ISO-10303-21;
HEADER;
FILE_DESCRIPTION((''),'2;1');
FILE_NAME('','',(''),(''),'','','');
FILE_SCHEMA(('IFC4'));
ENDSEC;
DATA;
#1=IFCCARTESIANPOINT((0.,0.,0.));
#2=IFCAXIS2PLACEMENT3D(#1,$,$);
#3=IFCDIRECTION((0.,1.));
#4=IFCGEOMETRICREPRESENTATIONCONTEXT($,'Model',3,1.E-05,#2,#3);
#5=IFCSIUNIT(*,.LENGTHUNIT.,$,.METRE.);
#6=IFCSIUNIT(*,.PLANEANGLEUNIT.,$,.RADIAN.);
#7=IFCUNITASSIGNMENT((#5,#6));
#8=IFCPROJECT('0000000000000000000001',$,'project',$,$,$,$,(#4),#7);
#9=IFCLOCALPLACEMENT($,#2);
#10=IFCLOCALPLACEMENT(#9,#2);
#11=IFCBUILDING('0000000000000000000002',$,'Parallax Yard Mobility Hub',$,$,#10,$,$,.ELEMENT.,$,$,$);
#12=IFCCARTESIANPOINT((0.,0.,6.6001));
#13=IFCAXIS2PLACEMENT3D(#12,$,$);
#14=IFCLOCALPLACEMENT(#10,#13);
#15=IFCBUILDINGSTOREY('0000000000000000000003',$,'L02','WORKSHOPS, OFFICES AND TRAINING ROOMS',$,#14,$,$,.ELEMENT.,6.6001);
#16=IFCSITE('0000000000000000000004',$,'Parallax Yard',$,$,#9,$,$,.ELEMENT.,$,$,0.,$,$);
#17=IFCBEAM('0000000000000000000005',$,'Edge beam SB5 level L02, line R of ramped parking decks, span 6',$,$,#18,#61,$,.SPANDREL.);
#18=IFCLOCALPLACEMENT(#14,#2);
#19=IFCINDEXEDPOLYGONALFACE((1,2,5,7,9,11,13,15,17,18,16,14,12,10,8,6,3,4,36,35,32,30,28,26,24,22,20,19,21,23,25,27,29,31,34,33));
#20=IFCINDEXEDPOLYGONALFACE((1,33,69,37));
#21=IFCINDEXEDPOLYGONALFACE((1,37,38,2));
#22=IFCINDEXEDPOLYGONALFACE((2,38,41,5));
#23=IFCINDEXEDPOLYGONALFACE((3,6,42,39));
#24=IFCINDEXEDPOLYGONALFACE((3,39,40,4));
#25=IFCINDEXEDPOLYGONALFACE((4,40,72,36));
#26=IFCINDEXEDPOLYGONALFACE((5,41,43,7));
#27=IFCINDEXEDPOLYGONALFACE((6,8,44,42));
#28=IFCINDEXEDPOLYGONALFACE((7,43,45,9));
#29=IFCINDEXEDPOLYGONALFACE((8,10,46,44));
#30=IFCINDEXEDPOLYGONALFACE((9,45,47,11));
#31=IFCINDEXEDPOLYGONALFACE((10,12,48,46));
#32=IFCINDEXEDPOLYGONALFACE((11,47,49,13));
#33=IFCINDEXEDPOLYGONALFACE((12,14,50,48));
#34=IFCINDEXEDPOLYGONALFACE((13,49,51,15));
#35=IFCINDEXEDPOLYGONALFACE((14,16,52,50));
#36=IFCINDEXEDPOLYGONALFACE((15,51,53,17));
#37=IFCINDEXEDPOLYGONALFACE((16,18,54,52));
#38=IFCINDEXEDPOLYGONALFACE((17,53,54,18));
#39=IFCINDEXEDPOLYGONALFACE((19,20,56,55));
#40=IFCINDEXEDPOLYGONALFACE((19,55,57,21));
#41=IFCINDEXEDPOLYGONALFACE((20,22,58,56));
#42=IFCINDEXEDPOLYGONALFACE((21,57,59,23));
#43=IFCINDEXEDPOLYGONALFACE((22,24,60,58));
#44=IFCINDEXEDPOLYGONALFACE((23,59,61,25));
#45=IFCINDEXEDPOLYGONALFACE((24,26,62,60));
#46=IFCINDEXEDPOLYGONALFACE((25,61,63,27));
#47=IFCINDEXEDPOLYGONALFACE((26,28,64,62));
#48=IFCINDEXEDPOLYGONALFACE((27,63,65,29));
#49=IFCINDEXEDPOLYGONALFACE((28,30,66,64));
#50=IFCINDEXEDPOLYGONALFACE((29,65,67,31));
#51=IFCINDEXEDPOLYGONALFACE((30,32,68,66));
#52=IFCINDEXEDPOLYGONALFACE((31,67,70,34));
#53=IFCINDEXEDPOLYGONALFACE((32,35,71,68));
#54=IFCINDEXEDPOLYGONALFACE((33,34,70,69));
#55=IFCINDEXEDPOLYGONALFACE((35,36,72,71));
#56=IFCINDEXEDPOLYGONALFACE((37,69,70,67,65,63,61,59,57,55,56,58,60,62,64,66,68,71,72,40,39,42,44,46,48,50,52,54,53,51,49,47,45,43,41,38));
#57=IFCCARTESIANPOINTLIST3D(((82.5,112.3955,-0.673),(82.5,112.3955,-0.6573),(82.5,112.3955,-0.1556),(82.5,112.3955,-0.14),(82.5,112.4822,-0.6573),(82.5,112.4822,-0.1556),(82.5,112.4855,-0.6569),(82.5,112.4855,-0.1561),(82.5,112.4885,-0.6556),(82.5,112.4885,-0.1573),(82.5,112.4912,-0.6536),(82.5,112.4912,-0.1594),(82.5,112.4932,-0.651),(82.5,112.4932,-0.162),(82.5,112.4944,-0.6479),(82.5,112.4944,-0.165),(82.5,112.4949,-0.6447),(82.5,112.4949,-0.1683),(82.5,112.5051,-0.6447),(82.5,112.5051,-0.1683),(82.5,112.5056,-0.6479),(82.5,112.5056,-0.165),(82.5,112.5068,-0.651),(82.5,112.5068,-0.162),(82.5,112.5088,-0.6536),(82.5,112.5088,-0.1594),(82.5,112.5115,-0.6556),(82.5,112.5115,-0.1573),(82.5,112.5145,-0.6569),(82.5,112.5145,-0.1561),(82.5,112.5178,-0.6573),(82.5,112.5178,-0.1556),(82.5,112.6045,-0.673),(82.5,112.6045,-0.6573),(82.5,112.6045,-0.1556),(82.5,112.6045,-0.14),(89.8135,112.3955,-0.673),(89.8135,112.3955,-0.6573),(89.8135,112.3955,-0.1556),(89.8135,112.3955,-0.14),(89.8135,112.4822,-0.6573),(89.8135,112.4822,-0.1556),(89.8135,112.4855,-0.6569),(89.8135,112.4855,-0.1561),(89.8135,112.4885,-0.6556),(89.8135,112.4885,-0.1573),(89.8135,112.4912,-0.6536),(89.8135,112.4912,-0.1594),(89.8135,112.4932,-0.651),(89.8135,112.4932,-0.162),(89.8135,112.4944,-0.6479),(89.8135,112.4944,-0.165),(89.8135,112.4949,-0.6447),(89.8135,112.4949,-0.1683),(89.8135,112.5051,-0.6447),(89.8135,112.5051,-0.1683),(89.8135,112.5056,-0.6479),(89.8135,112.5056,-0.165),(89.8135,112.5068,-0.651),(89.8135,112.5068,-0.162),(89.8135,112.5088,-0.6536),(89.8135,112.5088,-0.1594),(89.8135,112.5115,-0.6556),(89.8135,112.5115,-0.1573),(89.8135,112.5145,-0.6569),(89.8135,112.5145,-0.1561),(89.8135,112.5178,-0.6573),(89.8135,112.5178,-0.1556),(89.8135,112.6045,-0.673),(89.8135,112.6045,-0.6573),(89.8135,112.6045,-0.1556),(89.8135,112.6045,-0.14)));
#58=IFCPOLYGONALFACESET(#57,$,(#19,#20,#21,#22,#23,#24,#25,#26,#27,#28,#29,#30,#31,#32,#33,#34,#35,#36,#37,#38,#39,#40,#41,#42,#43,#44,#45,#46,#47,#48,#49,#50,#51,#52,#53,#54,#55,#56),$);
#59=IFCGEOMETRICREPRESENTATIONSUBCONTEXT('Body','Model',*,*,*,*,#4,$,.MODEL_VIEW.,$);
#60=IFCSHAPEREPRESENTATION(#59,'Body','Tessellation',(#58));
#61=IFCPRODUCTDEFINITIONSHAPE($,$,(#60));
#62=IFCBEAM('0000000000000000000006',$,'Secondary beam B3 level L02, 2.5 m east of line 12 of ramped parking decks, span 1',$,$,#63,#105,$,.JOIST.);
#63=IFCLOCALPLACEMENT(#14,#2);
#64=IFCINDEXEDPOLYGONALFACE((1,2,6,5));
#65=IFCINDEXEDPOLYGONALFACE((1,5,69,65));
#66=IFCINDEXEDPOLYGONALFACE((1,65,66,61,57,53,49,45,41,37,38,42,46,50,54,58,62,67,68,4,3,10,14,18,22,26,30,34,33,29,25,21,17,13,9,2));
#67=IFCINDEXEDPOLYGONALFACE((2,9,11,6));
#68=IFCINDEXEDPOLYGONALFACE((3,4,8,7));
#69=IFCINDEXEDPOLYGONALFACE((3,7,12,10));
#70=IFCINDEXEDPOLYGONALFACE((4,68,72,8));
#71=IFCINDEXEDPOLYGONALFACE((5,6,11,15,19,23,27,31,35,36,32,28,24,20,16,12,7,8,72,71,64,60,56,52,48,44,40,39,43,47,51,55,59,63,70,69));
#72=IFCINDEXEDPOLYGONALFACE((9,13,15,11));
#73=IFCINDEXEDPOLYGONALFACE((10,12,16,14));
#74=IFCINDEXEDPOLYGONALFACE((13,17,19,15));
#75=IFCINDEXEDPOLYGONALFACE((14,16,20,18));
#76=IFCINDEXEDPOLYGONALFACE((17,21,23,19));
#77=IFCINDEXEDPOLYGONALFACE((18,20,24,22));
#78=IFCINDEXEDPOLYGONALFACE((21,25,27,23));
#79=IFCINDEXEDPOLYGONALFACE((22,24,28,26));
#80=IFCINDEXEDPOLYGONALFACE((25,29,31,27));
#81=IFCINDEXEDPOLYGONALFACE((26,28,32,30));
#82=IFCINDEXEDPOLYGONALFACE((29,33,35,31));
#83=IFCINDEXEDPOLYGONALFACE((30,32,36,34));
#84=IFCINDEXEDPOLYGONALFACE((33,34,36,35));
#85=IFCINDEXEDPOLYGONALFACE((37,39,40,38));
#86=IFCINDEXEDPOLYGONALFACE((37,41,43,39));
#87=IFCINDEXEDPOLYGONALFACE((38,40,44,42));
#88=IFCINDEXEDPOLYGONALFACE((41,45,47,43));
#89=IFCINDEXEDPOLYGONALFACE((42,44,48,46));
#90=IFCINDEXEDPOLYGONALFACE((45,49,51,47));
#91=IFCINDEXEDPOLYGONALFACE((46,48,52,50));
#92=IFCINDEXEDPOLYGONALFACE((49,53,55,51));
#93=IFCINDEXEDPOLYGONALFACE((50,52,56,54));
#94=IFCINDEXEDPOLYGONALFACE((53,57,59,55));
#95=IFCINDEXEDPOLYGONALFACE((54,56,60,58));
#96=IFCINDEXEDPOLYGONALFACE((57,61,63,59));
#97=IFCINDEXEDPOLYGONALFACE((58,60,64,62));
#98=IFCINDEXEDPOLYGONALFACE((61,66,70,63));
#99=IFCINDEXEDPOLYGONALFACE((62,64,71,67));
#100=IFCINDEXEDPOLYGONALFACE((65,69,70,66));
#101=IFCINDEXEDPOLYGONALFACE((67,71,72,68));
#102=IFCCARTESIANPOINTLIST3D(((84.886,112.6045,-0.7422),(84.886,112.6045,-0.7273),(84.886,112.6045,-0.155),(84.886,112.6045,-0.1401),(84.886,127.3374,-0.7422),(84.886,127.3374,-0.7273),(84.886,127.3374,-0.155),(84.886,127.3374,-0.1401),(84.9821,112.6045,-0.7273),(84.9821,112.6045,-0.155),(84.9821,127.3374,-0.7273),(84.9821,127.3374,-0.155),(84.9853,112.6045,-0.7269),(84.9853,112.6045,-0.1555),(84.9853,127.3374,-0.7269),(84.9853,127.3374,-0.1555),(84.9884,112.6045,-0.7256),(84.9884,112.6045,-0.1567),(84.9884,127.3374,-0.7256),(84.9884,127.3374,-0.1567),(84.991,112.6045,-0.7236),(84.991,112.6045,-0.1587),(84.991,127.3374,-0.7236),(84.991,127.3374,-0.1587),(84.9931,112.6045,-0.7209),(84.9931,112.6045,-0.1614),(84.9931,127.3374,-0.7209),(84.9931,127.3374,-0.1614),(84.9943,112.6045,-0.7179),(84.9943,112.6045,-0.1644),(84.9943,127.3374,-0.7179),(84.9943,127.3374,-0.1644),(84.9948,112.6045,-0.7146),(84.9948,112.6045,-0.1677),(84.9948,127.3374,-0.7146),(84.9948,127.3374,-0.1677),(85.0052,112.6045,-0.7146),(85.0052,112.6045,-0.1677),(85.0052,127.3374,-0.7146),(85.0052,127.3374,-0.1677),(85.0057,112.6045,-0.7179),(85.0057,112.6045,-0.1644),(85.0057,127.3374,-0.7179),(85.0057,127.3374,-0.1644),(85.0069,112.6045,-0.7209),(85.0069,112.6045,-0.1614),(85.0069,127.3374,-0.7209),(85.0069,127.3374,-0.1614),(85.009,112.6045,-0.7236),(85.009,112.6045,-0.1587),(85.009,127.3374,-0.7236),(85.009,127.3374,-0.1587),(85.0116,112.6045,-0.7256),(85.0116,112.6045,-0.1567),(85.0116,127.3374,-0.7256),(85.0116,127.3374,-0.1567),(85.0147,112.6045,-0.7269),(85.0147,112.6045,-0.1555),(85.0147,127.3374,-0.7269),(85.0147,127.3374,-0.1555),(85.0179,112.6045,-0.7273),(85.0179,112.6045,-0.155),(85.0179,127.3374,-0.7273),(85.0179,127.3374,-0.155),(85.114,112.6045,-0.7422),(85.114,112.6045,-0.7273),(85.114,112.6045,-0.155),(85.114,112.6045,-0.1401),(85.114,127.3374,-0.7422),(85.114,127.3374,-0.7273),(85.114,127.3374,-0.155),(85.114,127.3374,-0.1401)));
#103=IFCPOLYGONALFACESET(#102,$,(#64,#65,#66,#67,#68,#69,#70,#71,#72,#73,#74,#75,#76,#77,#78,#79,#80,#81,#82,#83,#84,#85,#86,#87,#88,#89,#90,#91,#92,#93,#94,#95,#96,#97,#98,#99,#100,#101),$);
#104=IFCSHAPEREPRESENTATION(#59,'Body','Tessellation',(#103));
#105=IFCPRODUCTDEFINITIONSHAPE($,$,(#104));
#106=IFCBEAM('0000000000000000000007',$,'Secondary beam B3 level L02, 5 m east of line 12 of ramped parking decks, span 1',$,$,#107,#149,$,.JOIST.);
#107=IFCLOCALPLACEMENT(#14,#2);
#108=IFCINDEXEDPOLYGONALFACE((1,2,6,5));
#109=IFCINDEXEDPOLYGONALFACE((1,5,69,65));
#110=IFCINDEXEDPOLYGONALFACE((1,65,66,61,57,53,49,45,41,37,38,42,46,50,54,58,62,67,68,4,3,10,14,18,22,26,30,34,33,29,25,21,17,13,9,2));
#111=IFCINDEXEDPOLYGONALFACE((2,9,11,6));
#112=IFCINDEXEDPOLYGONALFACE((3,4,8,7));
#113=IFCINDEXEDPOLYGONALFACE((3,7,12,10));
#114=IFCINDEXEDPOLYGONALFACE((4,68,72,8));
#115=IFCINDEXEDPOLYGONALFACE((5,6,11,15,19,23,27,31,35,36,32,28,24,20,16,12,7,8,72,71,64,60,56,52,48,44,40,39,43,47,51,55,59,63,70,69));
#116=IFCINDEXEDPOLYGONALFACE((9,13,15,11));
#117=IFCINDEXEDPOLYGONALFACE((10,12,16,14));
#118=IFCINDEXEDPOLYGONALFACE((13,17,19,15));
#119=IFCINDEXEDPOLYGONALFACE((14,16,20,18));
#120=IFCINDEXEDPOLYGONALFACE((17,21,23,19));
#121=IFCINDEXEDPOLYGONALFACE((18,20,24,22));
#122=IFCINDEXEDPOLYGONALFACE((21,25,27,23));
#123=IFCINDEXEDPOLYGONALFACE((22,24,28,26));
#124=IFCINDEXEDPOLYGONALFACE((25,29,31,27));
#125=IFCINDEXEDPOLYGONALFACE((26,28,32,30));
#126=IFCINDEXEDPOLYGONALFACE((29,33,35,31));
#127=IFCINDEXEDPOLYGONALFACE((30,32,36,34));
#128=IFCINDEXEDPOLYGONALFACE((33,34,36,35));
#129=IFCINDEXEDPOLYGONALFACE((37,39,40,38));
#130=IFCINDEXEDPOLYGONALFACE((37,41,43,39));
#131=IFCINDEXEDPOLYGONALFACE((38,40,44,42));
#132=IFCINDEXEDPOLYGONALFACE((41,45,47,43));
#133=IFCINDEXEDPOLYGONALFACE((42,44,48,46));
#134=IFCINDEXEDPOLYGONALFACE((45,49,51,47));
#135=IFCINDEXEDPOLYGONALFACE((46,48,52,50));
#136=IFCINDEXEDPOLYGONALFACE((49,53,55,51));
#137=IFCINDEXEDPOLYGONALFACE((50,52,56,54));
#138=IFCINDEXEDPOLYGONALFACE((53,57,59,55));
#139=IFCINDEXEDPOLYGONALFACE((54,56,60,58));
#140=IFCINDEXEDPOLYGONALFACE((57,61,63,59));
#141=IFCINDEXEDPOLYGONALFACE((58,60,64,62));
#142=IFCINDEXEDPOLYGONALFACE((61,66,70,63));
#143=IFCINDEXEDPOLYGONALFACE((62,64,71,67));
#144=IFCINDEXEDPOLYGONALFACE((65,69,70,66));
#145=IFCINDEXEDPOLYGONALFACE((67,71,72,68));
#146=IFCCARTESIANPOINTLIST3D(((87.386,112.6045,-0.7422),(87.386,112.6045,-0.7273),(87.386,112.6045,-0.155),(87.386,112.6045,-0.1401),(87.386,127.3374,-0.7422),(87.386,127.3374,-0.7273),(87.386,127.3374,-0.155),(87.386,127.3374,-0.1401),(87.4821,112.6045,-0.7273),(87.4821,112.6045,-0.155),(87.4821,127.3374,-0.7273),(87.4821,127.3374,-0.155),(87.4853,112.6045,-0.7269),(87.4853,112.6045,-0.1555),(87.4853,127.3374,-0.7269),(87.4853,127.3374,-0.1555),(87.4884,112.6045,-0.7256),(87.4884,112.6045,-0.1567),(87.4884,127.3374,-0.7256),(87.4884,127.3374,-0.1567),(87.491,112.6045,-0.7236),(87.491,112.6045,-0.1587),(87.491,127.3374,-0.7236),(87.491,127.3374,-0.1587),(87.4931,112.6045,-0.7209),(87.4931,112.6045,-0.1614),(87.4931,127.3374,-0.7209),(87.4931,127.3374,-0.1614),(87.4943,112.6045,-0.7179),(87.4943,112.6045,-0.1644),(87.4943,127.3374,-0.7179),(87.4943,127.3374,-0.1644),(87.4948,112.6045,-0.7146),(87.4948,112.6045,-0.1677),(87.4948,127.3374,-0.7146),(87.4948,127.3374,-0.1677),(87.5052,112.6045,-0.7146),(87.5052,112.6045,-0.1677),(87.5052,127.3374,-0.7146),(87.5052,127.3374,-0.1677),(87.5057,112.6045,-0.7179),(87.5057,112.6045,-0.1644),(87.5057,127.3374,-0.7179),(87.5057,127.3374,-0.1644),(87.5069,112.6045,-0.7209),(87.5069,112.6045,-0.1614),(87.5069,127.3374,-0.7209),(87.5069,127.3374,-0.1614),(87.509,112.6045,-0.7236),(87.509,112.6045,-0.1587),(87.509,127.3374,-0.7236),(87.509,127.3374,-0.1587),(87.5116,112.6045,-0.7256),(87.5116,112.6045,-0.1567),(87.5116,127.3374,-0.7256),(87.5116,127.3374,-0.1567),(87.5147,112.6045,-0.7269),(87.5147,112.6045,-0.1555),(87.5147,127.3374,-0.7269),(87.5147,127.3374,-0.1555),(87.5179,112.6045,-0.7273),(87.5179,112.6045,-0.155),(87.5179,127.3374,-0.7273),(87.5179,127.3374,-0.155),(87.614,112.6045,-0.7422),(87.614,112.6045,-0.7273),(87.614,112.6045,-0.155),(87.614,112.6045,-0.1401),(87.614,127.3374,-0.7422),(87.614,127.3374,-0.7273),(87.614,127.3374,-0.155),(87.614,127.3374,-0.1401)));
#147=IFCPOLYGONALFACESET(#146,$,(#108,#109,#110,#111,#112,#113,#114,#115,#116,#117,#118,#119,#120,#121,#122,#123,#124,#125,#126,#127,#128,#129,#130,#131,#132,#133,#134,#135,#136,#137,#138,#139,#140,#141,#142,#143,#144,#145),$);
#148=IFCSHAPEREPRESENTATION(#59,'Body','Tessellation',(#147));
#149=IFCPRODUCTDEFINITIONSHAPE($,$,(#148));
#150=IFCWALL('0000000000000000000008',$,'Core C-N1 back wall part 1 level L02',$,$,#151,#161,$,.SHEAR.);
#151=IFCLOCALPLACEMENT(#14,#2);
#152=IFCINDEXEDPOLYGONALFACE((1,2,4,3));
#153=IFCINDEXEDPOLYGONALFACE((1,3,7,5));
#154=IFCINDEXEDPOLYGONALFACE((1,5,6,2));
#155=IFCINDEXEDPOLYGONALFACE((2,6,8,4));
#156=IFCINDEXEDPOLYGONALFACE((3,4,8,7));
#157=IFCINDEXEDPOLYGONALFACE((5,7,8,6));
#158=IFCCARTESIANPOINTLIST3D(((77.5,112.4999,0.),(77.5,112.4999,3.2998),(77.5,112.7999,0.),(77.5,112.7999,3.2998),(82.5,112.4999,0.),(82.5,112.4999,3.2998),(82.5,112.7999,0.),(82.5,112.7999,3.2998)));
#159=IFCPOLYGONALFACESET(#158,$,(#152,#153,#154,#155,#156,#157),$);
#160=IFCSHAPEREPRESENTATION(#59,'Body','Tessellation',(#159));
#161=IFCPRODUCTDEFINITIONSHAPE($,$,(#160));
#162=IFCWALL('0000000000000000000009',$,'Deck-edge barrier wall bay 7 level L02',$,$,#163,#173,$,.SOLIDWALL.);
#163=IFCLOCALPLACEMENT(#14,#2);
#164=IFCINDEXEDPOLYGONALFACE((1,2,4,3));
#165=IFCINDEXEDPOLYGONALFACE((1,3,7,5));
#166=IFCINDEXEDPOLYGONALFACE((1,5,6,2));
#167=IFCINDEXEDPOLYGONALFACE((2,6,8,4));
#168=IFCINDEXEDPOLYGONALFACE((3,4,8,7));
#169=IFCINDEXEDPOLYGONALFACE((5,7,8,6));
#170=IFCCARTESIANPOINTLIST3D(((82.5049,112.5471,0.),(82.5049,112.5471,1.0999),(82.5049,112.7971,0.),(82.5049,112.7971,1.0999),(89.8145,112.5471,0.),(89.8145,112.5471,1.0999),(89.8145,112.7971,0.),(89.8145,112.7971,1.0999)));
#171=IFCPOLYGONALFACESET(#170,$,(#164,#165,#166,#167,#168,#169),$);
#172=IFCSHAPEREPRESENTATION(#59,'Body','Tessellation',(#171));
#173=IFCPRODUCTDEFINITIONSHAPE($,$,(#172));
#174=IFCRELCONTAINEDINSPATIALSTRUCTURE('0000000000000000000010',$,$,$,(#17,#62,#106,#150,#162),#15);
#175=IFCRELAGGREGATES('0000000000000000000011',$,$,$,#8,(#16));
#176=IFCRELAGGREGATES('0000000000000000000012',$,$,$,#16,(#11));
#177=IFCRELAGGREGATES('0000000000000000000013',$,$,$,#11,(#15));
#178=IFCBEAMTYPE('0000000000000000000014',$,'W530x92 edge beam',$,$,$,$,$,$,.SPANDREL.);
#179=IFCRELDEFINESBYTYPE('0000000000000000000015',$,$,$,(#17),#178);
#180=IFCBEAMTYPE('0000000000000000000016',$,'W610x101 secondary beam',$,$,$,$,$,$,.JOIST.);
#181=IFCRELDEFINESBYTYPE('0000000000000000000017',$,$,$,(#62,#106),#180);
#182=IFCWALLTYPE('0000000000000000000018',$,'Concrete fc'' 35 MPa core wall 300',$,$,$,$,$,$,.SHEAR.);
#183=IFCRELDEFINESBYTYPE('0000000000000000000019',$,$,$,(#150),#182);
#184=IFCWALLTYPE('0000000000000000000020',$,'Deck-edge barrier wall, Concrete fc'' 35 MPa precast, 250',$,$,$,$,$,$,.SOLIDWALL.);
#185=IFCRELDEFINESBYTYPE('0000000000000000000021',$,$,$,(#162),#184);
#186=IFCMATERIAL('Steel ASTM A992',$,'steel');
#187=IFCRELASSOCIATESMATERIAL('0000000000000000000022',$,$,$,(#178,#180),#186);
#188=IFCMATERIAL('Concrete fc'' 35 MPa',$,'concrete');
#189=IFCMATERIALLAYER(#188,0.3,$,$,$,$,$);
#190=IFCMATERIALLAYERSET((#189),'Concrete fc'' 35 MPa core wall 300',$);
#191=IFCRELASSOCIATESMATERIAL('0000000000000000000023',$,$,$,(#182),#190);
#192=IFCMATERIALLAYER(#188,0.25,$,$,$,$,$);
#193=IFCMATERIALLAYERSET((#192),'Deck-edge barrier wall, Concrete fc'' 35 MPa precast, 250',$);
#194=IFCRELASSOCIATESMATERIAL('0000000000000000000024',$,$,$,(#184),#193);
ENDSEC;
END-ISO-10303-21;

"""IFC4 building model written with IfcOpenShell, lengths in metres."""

from ifc_helpers import new_model, si_unit, direction, frame, frame_2d, origin, origin_2d, place, context, subcontext, project, spatial, rectangle, i_section, extrude, material, layer, layer_set, material_profile, profile_set, type_object, element, save


model = new_model("IFC4")

# Units and contexts
model_context = context("Model", 3, precision=1e-05, world=origin(), true_north=direction((0.0, 1.0)))
body_context = subcontext(model_context, "Body", "Model", "MODEL_VIEW")
ifc_project = project(units=[si_unit("LENGTHUNIT", "METRE"), si_unit("PLANEANGLEUNIT", "RADIAN")], contexts=[model_context])

# Site, building, storey
site_placement = place(None, origin())
site = spatial("IfcSite", under=ifc_project, at=site_placement, Name="Parallax Yard", CompositionType="ELEMENT", RefElevation=0.0)
building_placement = place(site_placement, origin())
building = spatial("IfcBuilding", under=site, at=building_placement, Name="Parallax Yard Mobility Hub", CompositionType="ELEMENT")
storey_placement = place(building_placement, frame((0.0, 0.0, 6.6001)))
storey = spatial("IfcBuildingStorey", under=building, at=storey_placement, Name="L02", Description="WORKSHOPS, OFFICES AND TRAINING ROOMS", CompositionType="ELEMENT", Elevation=6.6001)

# Beams
ifc_material_1 = material(Name="Steel ASTM A992", Category="steel")
ifc_material_profile_1 = material_profile(ifc_material_1, i_section(OverallWidth=0.209, OverallDepth=0.533, WebThickness=0.0103, FlangeThickness=0.0156, FilletRadius=0.0127, at=origin_2d()), Name="W530x92")
ifc_profile_set_1 = profile_set([ifc_material_profile_1], Name="Steel ASTM A992")
beam_type_1 = type_object("IfcBeamType", Name="W530x92 edge beam", PredefinedType="SPANDREL", material=ifc_profile_set_1)
beam_placement = place(storey_placement, frame((82.5, 112.5, -0.4065), z_axis=(1.0, 0.0, 0.0), x_axis=(0.0, 1.0, 0.0)))
element("IfcBeam", 1, at=beam_placement, inside=storey, type_object=beam_type_1, Name="Edge beam SB5 level L02, line R of ramped parking decks, span 6", PredefinedType="SPANDREL", context=body_context, shape_type="SweptSolid", body=[
    extrude(i_section(OverallWidth=0.209, OverallDepth=0.533, WebThickness=0.0103, FlangeThickness=0.0156, FilletRadius=0.0127, at=origin_2d()), origin(), (0.0, 0.0, 1.0), 7.3135),
])
ifc_material_profile_2 = material_profile(ifc_material_1, i_section(OverallWidth=0.228, OverallDepth=0.6021, WebThickness=0.0105, FlangeThickness=0.0149, FilletRadius=0.0127, at=origin_2d()), Name="W610x101")
ifc_profile_set_2 = profile_set([ifc_material_profile_2], Name="Steel ASTM A992")
beam_type_2 = type_object("IfcBeamType", Name="W610x101 secondary beam", PredefinedType="JOIST", material=ifc_profile_set_2)
for number, where, z_axis, x_axis, name in (
    (2, (85.0, 112.6045, -0.4412), (0.0, 1.0, 0.0), (-1.0, 0.0, 0.0), "Secondary beam B3 level L02, 2.5 m east of line 12 of ramped parking decks, span 1"),
    (3, (87.5, 112.6045, -0.4412), (0.0, 1.0, 0.0), (-1.0, 0.0, 0.0), "Secondary beam B3 level L02, 5 m east of line 12 of ramped parking decks, span 1"),
):
    element("IfcBeam", number, at=place(storey_placement, frame(where, z_axis=z_axis, x_axis=x_axis)), inside=storey, type_object=beam_type_2, Name=name, PredefinedType="JOIST", context=body_context, shape_type="SweptSolid", body=[
        extrude(i_section(OverallWidth=0.228, OverallDepth=0.6021, WebThickness=0.0105, FlangeThickness=0.0149, FilletRadius=0.0127, at=origin_2d()), origin(), (0.0, 0.0, 1.0), 14.7329),
    ])

# Walls
ifc_material_2 = material(Name="Concrete fc' 35 MPa", Category="concrete")
ifc_layer_1 = layer(ifc_material_2, 0.3)
ifc_layer_set_1 = layer_set([ifc_layer_1], Name="Concrete fc' 35 MPa core wall 300")
wall_type_1 = type_object("IfcWallType", Name="Concrete fc' 35 MPa core wall 300", PredefinedType="SHEAR", material=ifc_layer_set_1)
wall_1_placement = place(storey_placement, frame((82.5, 112.6499, 0.0), z_axis=(0.0, 0.0, 1.0), x_axis=(-1.0, 0.0, 0.0)))
element("IfcWall", 4, at=wall_1_placement, inside=storey, type_object=wall_type_1, Name="Core C-N1 back wall part 1 level L02", PredefinedType="SHEAR", context=body_context, shape_type="SweptSolid", body=[
    extrude(rectangle(XDim=5.0, YDim=0.3, at=frame_2d((2.5, 0.0))), origin(), (0.0, 0.0, 1.0), 3.2998),
])
ifc_layer_2 = layer(ifc_material_2, 0.25)
ifc_layer_set_2 = layer_set([ifc_layer_2], Name="Deck-edge barrier wall, Concrete fc' 35 MPa precast, 250")
wall_type_2 = type_object("IfcWallType", Name="Deck-edge barrier wall, Concrete fc' 35 MPa precast, 250", PredefinedType="SOLIDWALL", material=ifc_layer_set_2)
wall_2_placement = place(storey_placement, frame((82.5049, 112.6721, 0.0), z_axis=(0.0, 0.0, 1.0), x_axis=(1.0, 0.0, 0.0)))
element("IfcWall", 5, at=wall_2_placement, inside=storey, type_object=wall_type_2, Name="Deck-edge barrier wall bay 7 level L02", PredefinedType="SOLIDWALL", context=body_context, shape_type="SweptSolid", body=[
    extrude(rectangle(XDim=7.3096, YDim=0.25, at=frame_2d((3.6548, 0.0))), origin(), (0.0, 0.0, 1.0), 1.0999),
])

save(model, "model.ifc")
